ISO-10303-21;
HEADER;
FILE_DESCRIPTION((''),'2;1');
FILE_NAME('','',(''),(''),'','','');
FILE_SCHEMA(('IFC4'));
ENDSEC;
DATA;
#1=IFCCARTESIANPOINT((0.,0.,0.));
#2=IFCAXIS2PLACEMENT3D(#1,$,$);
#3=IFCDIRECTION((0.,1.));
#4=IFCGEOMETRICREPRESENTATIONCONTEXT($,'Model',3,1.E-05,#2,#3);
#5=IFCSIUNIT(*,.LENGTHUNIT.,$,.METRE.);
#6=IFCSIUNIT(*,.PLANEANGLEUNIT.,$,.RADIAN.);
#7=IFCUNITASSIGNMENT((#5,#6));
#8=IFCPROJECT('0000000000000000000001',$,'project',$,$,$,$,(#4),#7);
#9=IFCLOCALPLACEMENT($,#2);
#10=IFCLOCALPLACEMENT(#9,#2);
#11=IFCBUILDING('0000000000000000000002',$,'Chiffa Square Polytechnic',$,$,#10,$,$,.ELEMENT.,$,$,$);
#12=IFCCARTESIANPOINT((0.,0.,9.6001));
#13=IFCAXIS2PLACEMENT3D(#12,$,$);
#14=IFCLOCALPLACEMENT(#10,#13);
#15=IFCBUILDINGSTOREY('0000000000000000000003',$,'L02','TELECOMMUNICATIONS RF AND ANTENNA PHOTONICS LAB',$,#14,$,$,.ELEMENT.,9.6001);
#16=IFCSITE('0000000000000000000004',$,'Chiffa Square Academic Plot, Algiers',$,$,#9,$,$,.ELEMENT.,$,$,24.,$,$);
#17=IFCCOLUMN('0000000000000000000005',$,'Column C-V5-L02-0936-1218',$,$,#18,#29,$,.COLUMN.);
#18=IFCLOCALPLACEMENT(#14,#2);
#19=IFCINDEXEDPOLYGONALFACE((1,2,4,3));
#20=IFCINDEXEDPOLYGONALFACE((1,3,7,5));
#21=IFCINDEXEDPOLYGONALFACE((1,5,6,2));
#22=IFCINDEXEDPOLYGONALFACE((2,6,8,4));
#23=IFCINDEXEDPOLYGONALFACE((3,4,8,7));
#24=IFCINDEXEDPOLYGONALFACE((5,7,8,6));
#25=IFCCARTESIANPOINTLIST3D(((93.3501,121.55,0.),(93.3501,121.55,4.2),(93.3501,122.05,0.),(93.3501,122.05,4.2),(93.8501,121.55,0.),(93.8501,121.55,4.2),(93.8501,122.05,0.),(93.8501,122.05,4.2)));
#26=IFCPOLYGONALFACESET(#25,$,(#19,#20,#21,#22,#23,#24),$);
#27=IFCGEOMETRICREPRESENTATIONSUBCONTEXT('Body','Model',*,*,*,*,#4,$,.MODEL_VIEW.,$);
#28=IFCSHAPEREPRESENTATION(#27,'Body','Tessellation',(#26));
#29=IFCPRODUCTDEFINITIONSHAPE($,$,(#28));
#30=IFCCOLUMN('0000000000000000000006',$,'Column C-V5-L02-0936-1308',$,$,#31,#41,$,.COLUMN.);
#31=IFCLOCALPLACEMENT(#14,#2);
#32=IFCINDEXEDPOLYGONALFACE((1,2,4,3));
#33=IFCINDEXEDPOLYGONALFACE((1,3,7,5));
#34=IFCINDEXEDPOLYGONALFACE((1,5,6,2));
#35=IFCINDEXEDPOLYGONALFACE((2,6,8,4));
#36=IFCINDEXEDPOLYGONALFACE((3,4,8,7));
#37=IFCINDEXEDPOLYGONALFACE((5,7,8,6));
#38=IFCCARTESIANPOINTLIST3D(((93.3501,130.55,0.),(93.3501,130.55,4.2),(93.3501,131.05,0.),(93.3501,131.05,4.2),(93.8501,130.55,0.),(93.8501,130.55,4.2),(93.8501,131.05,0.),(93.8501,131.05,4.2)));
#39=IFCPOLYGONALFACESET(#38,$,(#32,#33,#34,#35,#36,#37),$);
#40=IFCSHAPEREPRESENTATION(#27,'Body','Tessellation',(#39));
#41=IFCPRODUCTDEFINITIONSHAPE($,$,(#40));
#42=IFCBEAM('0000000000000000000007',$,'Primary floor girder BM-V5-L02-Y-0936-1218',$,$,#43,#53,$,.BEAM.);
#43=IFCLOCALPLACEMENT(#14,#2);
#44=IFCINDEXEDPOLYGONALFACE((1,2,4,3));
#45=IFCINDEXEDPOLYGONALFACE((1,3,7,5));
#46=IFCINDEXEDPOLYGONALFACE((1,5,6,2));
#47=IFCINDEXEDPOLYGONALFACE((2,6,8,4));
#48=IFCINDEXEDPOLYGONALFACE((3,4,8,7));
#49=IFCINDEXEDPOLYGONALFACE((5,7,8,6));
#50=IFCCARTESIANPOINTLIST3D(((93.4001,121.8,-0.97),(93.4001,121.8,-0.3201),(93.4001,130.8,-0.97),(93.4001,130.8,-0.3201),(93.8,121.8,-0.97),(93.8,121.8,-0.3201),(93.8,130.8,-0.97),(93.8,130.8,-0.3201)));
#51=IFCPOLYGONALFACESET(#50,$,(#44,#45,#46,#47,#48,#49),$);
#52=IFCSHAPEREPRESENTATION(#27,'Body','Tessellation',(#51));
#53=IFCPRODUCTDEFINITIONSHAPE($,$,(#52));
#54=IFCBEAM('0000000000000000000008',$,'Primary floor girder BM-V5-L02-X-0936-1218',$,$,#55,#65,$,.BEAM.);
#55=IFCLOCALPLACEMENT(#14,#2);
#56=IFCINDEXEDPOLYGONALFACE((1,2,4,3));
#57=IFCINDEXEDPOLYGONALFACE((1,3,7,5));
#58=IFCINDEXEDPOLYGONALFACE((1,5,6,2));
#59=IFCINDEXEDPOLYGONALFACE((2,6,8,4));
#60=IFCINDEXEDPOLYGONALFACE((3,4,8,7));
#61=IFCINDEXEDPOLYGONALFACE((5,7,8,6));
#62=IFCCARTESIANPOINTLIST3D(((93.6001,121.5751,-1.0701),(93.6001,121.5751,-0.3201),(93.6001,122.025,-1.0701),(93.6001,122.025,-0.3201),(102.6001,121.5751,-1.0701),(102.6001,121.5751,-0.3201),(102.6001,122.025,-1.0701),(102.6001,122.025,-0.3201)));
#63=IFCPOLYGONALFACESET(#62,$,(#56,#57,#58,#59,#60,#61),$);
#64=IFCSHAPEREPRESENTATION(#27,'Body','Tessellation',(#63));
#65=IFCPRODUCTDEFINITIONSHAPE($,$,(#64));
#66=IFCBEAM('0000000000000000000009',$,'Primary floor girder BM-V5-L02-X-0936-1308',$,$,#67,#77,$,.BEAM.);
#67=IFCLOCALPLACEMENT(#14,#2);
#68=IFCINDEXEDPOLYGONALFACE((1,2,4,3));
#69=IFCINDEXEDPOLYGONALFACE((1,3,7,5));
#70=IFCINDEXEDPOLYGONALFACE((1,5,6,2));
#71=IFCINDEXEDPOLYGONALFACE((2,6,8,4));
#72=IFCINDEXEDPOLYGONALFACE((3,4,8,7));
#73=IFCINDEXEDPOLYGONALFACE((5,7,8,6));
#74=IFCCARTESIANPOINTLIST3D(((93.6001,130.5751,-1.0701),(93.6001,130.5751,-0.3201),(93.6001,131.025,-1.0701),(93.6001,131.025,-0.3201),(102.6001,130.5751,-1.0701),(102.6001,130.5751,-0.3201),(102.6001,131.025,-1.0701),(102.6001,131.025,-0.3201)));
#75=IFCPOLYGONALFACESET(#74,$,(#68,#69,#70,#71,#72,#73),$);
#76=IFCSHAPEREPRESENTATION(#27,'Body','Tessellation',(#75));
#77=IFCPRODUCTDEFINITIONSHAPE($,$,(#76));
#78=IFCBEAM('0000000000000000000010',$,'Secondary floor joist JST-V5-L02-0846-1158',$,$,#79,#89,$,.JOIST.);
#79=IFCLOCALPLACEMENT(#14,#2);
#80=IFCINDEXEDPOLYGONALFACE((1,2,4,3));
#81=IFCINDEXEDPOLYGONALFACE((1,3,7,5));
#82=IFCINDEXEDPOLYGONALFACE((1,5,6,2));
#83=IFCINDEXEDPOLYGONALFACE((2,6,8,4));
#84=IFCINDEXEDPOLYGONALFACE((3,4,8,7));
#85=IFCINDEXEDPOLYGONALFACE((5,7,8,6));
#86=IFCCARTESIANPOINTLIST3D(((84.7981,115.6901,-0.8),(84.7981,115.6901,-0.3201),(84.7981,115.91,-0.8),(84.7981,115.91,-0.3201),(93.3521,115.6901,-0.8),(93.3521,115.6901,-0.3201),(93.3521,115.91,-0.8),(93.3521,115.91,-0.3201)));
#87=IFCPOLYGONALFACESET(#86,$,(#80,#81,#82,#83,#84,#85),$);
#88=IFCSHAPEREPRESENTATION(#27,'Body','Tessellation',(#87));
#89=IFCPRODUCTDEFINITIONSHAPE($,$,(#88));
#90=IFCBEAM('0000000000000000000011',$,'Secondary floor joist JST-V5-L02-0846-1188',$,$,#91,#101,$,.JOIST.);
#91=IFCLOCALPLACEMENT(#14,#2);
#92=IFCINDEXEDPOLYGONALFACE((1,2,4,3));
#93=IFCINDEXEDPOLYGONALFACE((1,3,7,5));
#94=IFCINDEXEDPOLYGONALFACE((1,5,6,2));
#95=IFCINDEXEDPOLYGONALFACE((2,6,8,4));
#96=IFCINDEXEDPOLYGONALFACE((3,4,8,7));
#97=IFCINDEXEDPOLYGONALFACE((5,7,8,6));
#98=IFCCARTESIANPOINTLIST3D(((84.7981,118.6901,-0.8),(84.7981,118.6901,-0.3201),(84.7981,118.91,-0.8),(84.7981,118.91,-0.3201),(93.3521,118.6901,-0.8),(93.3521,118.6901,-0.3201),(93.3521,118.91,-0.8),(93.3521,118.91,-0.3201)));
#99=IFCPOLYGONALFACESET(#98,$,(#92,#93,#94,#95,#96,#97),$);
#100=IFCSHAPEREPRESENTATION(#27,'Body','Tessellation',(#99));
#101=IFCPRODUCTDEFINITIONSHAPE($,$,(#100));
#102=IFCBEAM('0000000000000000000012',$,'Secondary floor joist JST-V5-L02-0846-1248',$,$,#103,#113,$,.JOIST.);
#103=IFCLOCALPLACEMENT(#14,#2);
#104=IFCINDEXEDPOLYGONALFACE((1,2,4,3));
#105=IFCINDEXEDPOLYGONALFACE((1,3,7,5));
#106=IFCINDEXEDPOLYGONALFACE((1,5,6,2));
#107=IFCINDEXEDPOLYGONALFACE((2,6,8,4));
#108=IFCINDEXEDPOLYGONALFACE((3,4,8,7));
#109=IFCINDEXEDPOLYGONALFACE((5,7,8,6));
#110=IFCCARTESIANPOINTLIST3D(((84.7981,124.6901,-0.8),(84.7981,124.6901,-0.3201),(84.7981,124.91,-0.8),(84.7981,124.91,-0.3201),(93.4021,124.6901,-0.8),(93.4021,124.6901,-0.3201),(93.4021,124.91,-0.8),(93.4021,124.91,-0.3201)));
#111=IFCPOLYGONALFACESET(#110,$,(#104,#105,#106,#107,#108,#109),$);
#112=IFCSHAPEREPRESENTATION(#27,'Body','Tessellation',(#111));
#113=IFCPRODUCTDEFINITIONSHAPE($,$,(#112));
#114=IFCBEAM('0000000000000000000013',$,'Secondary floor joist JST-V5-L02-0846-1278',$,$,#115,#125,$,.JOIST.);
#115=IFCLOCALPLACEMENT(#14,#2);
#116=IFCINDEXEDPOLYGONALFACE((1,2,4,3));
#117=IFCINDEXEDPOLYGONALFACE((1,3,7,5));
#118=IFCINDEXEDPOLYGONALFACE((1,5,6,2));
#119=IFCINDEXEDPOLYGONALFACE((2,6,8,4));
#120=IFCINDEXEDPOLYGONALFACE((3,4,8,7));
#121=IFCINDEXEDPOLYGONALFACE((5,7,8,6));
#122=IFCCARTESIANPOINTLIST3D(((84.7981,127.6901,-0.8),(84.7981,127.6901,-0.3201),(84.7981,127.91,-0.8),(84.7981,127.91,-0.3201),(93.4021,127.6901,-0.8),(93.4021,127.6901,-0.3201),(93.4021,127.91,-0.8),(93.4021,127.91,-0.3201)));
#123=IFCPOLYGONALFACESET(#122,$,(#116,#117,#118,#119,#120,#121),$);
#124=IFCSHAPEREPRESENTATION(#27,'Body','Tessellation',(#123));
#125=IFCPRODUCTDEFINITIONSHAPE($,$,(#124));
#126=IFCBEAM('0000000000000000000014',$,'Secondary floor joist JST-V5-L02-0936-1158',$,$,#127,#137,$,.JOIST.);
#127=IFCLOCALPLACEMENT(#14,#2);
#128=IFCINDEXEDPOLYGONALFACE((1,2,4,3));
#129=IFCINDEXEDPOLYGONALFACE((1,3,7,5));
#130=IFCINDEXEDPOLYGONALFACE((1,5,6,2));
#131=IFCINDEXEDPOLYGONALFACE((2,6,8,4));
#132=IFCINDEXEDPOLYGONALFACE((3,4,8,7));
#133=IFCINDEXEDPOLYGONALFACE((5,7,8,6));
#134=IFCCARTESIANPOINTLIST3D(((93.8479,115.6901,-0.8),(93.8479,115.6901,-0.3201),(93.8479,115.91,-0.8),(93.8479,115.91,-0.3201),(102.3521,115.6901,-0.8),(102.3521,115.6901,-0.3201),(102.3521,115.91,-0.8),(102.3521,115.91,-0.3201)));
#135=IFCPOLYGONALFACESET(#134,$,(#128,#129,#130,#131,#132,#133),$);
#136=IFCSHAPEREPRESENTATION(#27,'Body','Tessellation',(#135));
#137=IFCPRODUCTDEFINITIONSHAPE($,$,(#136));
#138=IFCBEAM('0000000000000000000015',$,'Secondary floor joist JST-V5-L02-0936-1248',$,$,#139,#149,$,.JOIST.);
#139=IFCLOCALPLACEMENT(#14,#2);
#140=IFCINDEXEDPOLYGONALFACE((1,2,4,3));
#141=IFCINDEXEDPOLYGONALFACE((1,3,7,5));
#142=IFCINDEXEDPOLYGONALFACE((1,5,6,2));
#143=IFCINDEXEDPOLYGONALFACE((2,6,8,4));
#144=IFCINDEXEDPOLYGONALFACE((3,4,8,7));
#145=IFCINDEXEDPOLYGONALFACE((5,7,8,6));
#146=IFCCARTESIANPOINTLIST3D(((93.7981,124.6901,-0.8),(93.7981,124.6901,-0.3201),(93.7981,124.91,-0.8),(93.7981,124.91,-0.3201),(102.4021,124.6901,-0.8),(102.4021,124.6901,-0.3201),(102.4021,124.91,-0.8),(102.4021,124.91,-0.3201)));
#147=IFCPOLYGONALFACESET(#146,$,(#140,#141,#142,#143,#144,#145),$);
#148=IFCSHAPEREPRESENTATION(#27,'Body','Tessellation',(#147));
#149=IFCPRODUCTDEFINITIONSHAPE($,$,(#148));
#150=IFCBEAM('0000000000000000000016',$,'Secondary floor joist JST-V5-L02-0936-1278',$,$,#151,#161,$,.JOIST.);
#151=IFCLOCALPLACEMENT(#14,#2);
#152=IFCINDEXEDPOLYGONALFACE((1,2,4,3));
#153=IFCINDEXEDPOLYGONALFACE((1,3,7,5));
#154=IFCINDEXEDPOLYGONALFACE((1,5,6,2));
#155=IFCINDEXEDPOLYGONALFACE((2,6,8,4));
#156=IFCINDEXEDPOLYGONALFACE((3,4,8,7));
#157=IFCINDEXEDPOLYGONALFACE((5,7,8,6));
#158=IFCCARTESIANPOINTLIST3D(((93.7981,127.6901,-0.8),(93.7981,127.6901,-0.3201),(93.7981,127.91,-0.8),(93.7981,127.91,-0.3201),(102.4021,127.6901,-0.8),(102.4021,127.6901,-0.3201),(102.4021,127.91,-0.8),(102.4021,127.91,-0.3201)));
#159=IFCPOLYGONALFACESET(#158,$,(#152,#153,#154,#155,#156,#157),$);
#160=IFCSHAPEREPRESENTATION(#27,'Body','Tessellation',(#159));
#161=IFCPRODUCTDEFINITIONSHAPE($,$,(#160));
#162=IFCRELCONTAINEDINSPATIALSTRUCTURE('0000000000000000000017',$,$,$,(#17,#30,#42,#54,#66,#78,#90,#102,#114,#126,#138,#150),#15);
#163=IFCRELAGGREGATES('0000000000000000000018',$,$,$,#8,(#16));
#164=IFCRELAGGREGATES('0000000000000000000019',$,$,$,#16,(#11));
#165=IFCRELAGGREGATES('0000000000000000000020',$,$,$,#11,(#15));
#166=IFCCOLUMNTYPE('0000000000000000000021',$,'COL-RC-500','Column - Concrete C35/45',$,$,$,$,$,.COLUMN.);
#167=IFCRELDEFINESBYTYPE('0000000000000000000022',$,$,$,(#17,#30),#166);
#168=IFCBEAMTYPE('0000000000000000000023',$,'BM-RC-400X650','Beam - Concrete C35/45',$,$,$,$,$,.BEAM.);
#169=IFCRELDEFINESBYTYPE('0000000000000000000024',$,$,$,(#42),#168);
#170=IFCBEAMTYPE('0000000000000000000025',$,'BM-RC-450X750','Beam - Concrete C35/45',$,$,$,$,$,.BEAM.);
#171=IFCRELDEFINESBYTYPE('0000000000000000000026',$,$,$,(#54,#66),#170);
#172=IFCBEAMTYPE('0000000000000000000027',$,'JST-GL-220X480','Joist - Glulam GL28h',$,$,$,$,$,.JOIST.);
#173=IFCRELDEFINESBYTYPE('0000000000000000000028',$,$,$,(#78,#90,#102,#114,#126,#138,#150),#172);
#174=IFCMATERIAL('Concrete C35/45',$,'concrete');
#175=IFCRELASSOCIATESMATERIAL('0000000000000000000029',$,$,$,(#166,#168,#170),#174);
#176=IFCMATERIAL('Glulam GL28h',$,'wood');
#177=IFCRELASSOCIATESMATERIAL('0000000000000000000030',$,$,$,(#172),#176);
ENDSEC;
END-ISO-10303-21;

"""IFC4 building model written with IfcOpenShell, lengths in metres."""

from ifc_helpers import new_model, si_unit, direction, frame, origin, origin_2d, place, context, subcontext, project, spatial, rectangle, extrude, material, material_profile, profile_set, type_object, element, save


model = new_model("IFC4")

# Units and contexts
model_context = context("Model", 3, precision=1e-05, world=origin(), true_north=direction((0.0, 1.0)))
body_context = subcontext(model_context, "Body", "Model", "MODEL_VIEW")
ifc_project = project(units=[si_unit("LENGTHUNIT", "METRE"), si_unit("PLANEANGLEUNIT", "RADIAN")], contexts=[model_context])

# Site, building, storey
site_placement = place(None, origin())
site = spatial("IfcSite", under=ifc_project, at=site_placement, Name="Chiffa Square Academic Plot, Algiers", CompositionType="ELEMENT", RefElevation=24.0)
building_placement = place(site_placement, origin())
building = spatial("IfcBuilding", under=site, at=building_placement, Name="Chiffa Square Polytechnic", CompositionType="ELEMENT")
storey_placement = place(building_placement, frame((0.0, 0.0, 9.6001)))
storey = spatial("IfcBuildingStorey", under=building, at=storey_placement, Name="L02", Description="TELECOMMUNICATIONS RF AND ANTENNA PHOTONICS LAB", CompositionType="ELEMENT", Elevation=9.6001)

# Columns
ifc_material_1 = material(Name="Concrete C35/45", Category="concrete")
ifc_material_profile_1 = material_profile(ifc_material_1, rectangle(XDim=0.5, YDim=0.5, at=origin_2d()), Name="RC 500x500")
ifc_profile_set_1 = profile_set([ifc_material_profile_1], Name="Concrete C35/45")
column_type = type_object("IfcColumnType", Name="COL-RC-500", Description="Column - Concrete C35/45", PredefinedType="COLUMN", material=ifc_profile_set_1)
for number, where, z_axis, x_axis, name in (
    (1, (93.6001, 121.8, 0.0), (0.0, 0.0, 1.0), (1.0, 0.0, 0.0), "Column C-V5-L02-0936-1218"),
    (2, (93.6001, 130.8, 0.0), (0.0, 0.0, 1.0), (1.0, 0.0, 0.0), "Column C-V5-L02-0936-1308"),
):
    element("IfcColumn", number, at=place(storey_placement, frame(where, z_axis=z_axis, x_axis=x_axis)), inside=storey, type_object=column_type, Name=name, PredefinedType="COLUMN", context=body_context, shape_type="SweptSolid", body=[
        extrude(rectangle(XDim=0.5, YDim=0.5, at=origin_2d()), origin(), (0.0, 0.0, 1.0), 4.2),
    ])

# Beams
ifc_material_profile_2 = material_profile(ifc_material_1, rectangle(XDim=0.3999, YDim=0.6499, at=origin_2d()), Name="RC 400x650")
ifc_profile_set_2 = profile_set([ifc_material_profile_2], Name="Concrete C35/45")
beam_type_1 = type_object("IfcBeamType", Name="BM-RC-400X650", Description="Beam - Concrete C35/45", PredefinedType="BEAM", material=ifc_profile_set_2)
beam_1_placement = place(storey_placement, frame((93.6001, 121.8, -0.645), z_axis=(0.0, 1.0, 0.0), x_axis=(-1.0, 0.0, 0.0)))
element("IfcBeam", 3, at=beam_1_placement, inside=storey, type_object=beam_type_1, Name="Primary floor girder BM-V5-L02-Y-0936-1218", PredefinedType="BEAM", context=body_context, shape_type="SweptSolid", body=[
    extrude(rectangle(XDim=0.3999, YDim=0.6499, at=origin_2d()), origin(), (0.0, 0.0, 1.0), 9.0),
])
ifc_material_profile_3 = material_profile(ifc_material_1, rectangle(XDim=0.45, YDim=0.75, at=origin_2d()), Name="RC 450x750")
ifc_profile_set_3 = profile_set([ifc_material_profile_3], Name="Concrete C35/45")
beam_type_2 = type_object("IfcBeamType", Name="BM-RC-450X750", Description="Beam - Concrete C35/45", PredefinedType="BEAM", material=ifc_profile_set_3)
for number, where, z_axis, x_axis, name in (
    (4, (93.6001, 121.8, -0.6951), (1.0, 0.0, 0.0), (0.0, 1.0, 0.0), "Primary floor girder BM-V5-L02-X-0936-1218"),
    (5, (93.6001, 130.8, -0.6951), (1.0, 0.0, 0.0), (0.0, 1.0, 0.0), "Primary floor girder BM-V5-L02-X-0936-1308"),
):
    element("IfcBeam", number, at=place(storey_placement, frame(where, z_axis=z_axis, x_axis=x_axis)), inside=storey, type_object=beam_type_2, Name=name, PredefinedType="BEAM", context=body_context, shape_type="SweptSolid", body=[
        extrude(rectangle(XDim=0.45, YDim=0.75, at=origin_2d()), origin(), (0.0, 0.0, 1.0), 9.0),
    ])
ifc_material_2 = material(Name="Glulam GL28h", Category="wood")
ifc_material_profile_4 = material_profile(ifc_material_2, rectangle(XDim=0.22, YDim=0.48, at=origin_2d()), Name="GL28h 220x480")
ifc_profile_set_4 = profile_set([ifc_material_profile_4], Name="Glulam GL28h")
beam_type_3 = type_object("IfcBeamType", Name="JST-GL-220X480", Description="Joist - Glulam GL28h", PredefinedType="JOIST", material=ifc_profile_set_4)
for number, where, z_axis, x_axis, name in (
    (6, (84.7981, 115.8, -0.5601), (1.0, 0.0, 0.0), (0.0, 1.0, 0.0), "Secondary floor joist JST-V5-L02-0846-1158"),
    (7, (84.7981, 118.8, -0.5601), (1.0, 0.0, 0.0), (0.0, 1.0, 0.0), "Secondary floor joist JST-V5-L02-0846-1188"),
):
    element("IfcBeam", number, at=place(storey_placement, frame(where, z_axis=z_axis, x_axis=x_axis)), inside=storey, type_object=beam_type_3, Name=name, PredefinedType="JOIST", context=body_context, shape_type="SweptSolid", body=[
        extrude(rectangle(XDim=0.22, YDim=0.48, at=origin_2d()), origin(), (0.0, 0.0, 1.0), 8.554),
    ])
for number, where, z_axis, x_axis, name in (
    (8, (84.7981, 124.8, -0.5601), (1.0, 0.0, 0.0), (0.0, 1.0, 0.0), "Secondary floor joist JST-V5-L02-0846-1248"),
    (9, (84.7981, 127.8, -0.5601), (1.0, 0.0, 0.0), (0.0, 1.0, 0.0), "Secondary floor joist JST-V5-L02-0846-1278"),
):
    element("IfcBeam", number, at=place(storey_placement, frame(where, z_axis=z_axis, x_axis=x_axis)), inside=storey, type_object=beam_type_3, Name=name, PredefinedType="JOIST", context=body_context, shape_type="SweptSolid", body=[
        extrude(rectangle(XDim=0.22, YDim=0.48, at=origin_2d()), origin(), (0.0, 0.0, 1.0), 8.604),
    ])
beam_2_placement = place(storey_placement, frame((93.8479, 115.8, -0.5601), z_axis=(1.0, 0.0, 0.0), x_axis=(0.0, 1.0, 0.0)))
element("IfcBeam", 10, at=beam_2_placement, inside=storey, type_object=beam_type_3, Name="Secondary floor joist JST-V5-L02-0936-1158", PredefinedType="JOIST", context=body_context, shape_type="SweptSolid", body=[
    extrude(rectangle(XDim=0.22, YDim=0.48, at=origin_2d()), origin(), (0.0, 0.0, 1.0), 8.5042),
])
for number, where, z_axis, x_axis, name in (
    (11, (93.7981, 124.8, -0.5601), (1.0, 0.0, 0.0), (0.0, 1.0, 0.0), "Secondary floor joist JST-V5-L02-0936-1248"),
    (12, (93.7981, 127.8, -0.5601), (1.0, 0.0, 0.0), (0.0, 1.0, 0.0), "Secondary floor joist JST-V5-L02-0936-1278"),
):
    element("IfcBeam", number, at=place(storey_placement, frame(where, z_axis=z_axis, x_axis=x_axis)), inside=storey, type_object=beam_type_3, Name=name, PredefinedType="JOIST", context=body_context, shape_type="SweptSolid", body=[
        extrude(rectangle(XDim=0.22, YDim=0.48, at=origin_2d()), origin(), (0.0, 0.0, 1.0), 8.604),
    ])

save(model, "model.ifc")
